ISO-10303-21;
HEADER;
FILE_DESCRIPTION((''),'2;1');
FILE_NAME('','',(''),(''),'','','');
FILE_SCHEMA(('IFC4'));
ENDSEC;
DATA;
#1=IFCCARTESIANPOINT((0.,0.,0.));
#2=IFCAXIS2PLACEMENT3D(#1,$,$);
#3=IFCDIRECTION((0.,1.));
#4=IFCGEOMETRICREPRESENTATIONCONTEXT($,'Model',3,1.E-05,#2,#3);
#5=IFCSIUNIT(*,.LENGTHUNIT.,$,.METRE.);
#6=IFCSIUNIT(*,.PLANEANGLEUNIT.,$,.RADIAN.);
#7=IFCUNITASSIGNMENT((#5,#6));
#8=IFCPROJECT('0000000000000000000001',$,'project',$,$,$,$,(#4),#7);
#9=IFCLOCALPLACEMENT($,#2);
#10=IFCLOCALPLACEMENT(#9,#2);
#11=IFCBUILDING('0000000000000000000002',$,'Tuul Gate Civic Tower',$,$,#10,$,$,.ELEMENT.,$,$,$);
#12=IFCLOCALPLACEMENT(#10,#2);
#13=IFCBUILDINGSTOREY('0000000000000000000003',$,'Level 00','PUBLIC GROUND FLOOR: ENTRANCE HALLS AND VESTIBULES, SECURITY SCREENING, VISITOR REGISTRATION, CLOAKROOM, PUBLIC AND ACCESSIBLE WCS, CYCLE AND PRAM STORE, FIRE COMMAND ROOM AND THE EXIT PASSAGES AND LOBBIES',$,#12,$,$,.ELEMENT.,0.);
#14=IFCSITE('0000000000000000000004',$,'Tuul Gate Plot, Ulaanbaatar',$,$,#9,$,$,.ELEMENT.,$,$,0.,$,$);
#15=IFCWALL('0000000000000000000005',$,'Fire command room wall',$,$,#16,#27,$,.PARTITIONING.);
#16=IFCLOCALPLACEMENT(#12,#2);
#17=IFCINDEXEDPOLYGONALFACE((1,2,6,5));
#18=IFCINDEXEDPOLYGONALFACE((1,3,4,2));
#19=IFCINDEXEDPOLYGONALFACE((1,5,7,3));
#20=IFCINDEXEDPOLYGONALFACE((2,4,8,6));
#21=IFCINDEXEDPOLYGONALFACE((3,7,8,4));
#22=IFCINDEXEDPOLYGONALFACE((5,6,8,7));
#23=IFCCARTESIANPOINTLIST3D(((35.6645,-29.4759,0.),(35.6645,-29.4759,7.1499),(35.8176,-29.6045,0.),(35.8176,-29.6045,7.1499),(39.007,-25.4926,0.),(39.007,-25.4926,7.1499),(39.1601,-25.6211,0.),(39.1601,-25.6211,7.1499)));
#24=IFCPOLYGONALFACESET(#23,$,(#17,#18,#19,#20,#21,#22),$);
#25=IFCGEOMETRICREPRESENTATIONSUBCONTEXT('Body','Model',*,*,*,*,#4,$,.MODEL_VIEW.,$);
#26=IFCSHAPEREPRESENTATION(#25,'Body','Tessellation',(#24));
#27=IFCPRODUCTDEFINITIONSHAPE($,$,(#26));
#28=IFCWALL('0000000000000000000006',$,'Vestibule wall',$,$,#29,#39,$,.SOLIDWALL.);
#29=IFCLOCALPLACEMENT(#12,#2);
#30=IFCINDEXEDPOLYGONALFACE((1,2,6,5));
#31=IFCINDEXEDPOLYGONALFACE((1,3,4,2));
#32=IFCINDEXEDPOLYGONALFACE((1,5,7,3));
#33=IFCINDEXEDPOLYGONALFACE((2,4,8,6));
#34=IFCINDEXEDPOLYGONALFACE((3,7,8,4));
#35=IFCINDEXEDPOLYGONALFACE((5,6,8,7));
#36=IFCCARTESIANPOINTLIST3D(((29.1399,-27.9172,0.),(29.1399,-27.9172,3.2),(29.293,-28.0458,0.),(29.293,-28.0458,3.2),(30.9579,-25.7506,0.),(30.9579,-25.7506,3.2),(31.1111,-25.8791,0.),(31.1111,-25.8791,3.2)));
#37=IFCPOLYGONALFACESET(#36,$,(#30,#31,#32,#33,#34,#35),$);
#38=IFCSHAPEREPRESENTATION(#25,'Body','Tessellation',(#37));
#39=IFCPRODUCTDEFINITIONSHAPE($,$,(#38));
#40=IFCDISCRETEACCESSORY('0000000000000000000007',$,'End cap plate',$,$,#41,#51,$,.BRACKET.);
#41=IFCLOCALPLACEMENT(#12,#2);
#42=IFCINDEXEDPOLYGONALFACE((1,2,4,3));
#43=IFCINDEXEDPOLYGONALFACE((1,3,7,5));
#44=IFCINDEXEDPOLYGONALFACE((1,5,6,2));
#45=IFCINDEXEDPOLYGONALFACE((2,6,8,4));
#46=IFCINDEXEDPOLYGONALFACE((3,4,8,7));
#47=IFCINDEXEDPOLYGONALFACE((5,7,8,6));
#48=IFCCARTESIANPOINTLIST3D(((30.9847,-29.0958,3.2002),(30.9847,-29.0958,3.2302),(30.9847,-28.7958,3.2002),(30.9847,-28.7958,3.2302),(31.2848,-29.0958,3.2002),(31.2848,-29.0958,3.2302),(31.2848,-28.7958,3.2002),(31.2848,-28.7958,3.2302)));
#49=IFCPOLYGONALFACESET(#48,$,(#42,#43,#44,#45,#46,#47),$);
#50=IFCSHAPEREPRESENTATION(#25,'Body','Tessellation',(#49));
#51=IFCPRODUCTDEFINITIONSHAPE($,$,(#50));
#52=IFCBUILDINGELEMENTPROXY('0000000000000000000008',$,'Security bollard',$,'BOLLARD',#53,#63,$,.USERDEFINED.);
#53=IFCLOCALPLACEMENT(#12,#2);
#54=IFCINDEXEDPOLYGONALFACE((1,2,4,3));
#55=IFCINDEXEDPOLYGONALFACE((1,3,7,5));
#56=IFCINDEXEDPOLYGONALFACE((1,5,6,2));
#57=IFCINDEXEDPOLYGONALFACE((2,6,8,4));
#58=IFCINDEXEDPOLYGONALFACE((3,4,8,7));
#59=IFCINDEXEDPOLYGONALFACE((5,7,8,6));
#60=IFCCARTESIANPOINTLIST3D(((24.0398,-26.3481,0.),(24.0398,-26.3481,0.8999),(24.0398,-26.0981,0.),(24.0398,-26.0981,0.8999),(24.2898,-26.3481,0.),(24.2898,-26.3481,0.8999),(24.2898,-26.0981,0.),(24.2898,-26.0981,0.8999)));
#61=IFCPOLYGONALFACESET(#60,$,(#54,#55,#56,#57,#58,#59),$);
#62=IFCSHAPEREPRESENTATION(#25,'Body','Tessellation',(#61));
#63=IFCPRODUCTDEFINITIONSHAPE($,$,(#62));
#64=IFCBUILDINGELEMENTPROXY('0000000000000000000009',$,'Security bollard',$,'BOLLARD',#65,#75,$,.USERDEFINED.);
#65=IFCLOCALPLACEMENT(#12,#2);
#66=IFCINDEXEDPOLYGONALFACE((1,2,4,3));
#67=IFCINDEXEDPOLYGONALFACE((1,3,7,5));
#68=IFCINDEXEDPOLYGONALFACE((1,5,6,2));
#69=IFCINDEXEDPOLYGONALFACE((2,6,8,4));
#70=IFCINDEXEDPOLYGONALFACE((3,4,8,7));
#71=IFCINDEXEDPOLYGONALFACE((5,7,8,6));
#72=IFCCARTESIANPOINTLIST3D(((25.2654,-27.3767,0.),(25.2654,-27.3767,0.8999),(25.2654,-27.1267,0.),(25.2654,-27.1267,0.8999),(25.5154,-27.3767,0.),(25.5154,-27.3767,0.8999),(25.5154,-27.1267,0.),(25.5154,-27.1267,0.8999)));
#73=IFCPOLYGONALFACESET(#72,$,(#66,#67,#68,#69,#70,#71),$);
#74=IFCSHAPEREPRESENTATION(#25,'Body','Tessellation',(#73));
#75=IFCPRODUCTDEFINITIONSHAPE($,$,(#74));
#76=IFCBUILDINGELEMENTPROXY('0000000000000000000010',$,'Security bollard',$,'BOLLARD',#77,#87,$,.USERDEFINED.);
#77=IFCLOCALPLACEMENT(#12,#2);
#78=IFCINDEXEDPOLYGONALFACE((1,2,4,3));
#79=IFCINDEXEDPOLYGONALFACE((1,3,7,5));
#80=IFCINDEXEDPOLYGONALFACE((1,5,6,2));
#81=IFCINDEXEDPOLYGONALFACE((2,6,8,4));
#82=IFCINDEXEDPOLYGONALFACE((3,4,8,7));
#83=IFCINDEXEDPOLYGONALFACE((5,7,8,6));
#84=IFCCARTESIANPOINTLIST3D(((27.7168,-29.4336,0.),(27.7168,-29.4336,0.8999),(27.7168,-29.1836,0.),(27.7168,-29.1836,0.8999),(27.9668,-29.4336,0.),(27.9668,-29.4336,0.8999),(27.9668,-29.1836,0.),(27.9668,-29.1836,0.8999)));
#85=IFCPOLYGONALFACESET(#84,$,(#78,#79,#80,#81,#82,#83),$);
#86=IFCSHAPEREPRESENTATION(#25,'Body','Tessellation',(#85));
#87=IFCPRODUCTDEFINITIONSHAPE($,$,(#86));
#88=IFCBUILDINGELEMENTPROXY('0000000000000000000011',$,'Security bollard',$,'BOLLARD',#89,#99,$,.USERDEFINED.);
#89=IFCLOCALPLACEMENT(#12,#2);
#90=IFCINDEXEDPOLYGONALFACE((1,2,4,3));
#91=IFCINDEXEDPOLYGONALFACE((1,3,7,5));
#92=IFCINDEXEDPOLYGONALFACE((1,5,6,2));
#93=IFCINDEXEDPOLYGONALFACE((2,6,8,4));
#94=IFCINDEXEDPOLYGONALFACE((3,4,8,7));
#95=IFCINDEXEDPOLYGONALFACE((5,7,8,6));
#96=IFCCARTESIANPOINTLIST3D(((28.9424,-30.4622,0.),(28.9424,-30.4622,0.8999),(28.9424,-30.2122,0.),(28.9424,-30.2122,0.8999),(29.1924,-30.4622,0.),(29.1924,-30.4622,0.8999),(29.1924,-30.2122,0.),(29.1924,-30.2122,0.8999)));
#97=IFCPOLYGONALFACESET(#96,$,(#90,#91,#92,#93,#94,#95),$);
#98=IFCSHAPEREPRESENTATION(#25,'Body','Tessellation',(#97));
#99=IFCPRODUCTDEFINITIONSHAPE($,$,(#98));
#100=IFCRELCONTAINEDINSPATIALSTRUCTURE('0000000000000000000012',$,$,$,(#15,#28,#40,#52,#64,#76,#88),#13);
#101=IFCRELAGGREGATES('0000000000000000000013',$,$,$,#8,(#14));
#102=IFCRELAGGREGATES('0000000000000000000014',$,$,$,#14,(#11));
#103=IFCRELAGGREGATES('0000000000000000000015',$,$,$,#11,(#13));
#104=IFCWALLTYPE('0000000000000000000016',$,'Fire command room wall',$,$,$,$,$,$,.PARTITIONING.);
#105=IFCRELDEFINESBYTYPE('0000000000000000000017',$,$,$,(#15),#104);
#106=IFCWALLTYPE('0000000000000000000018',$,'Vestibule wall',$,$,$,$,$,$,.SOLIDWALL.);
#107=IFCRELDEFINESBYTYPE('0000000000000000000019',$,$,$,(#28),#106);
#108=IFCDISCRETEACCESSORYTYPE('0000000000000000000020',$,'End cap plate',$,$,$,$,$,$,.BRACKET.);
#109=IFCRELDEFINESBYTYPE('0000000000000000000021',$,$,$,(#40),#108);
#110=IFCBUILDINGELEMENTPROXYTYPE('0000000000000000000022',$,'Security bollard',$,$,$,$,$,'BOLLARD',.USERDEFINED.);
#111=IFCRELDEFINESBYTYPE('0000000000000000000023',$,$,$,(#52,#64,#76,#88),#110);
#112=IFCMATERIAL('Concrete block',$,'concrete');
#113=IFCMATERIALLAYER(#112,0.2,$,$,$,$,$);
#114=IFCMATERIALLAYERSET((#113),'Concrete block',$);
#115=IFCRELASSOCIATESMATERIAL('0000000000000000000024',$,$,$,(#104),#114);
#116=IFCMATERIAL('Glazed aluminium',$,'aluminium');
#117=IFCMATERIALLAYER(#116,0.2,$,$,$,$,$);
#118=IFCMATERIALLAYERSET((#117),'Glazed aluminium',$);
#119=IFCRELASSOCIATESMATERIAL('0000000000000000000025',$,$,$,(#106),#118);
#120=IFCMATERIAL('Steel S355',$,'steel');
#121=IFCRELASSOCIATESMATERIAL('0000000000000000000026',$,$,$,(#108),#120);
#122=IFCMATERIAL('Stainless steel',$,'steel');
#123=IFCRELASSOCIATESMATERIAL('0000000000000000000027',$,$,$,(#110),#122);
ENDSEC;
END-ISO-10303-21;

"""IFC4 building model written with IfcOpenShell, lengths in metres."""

from ifc_helpers import new_model, si_unit, direction, frame, frame_2d, origin, origin_2d, place, context, subcontext, project, spatial, rectangle, extrude, material, layer, layer_set, type_object, element, save


model = new_model("IFC4")

# Units and contexts
model_context = context("Model", 3, precision=1e-05, world=origin(), true_north=direction((0.0, 1.0)))
body_context = subcontext(model_context, "Body", "Model", "MODEL_VIEW")
ifc_project = project(units=[si_unit("LENGTHUNIT", "METRE"), si_unit("PLANEANGLEUNIT", "RADIAN")], contexts=[model_context])

# Site, building, storey
site_placement = place(None, origin())
site = spatial("IfcSite", under=ifc_project, at=site_placement, Name="Tuul Gate Plot, Ulaanbaatar", CompositionType="ELEMENT", RefElevation=0.0)
building_placement = place(site_placement, origin())
building = spatial("IfcBuilding", under=site, at=building_placement, Name="Tuul Gate Civic Tower", CompositionType="ELEMENT")
storey_placement = place(building_placement, origin())
storey = spatial("IfcBuildingStorey", under=building, at=storey_placement, Name="Level 00", Description="PUBLIC GROUND FLOOR: ENTRANCE HALLS AND VESTIBULES, SECURITY SCREENING, VISITOR REGISTRATION, CLOAKROOM, PUBLIC AND ACCESSIBLE WCS, CYCLE AND PRAM STORE, FIRE COMMAND ROOM AND THE EXIT PASSAGES AND LOBBIES", CompositionType="ELEMENT", Elevation=0.0)

# Walls
ifc_material_1 = material(Name="Concrete block", Category="concrete")
ifc_layer_1 = layer(ifc_material_1, 0.2)
ifc_layer_set_1 = layer_set([ifc_layer_1], Name="Concrete block")
wall_type_1 = type_object("IfcWallType", Name="Fire command room wall", PredefinedType="PARTITIONING", material=ifc_layer_set_1)
for number, where, z_axis, x_axis, name in (
    (1, (35.741, -29.5403, 0.0), (0.0, 0.0, 1.0), (0.642795, 0.766039, 0.0), "Fire command room wall"),
):
    element("IfcWall", number, at=place(storey_placement, frame(where, z_axis=z_axis, x_axis=x_axis)), inside=storey, type_object=wall_type_1, Name=name, PredefinedType="PARTITIONING", context=body_context, shape_type="SweptSolid", body=[
        extrude(rectangle(XDim=5.2, YDim=0.2, at=frame_2d((2.6001, 0.0))), origin(), (0.0, 0.0, 1.0), 7.1499),
    ])
ifc_material_2 = material(Name="Glazed aluminium", Category="aluminium")
ifc_layer_2 = layer(ifc_material_2, 0.2)
ifc_layer_set_2 = layer_set([ifc_layer_2], Name="Glazed aluminium")
wall_type_2 = type_object("IfcWallType", Name="Vestibule wall", PredefinedType="SOLIDWALL", material=ifc_layer_set_2)
wall_1_placement = place(storey_placement, frame((31.0344, -25.8149, 0.0), z_axis=(0.0, 0.0, 1.0), x_axis=(-0.642787, -0.766045, 0.0)))
element("IfcWall", 2, at=wall_1_placement, inside=storey, type_object=wall_type_2, Name="Vestibule wall", PredefinedType="SOLIDWALL", context=body_context, shape_type="SweptSolid", body=[
    extrude(rectangle(XDim=2.8284, YDim=0.2, at=frame_2d((1.4141, 0.0))), origin(), (0.0, 0.0, 1.0), 3.2),
])

# Discrete accessory
ifc_material_3 = material(Name="Steel S355", Category="steel")
discrete_accessory_type = type_object("IfcDiscreteAccessoryType", Name="End cap plate", PredefinedType="BRACKET", material=ifc_material_3)
discrete_accessory_placement = place(storey_placement, frame((31.1348, -28.9458, 3.2002), z_axis=(0.0, 0.0, 1.0), x_axis=(1.0, 0.0, 0.0)))
element("IfcDiscreteAccessory", 3, at=discrete_accessory_placement, inside=storey, type_object=discrete_accessory_type, Name="End cap plate", PredefinedType="BRACKET", context=body_context, shape_type="SweptSolid", body=[
    extrude(rectangle(XDim=0.3, YDim=0.3, at=origin_2d()), origin(), (0.0, 0.0, 1.0), 0.03),
])

# Building element proxies
ifc_material_4 = material(Name="Stainless steel", Category="steel")
building_element_proxy_type = type_object("IfcBuildingElementProxyType", Name="Security bollard", ElementType="BOLLARD", PredefinedType="USERDEFINED", material=ifc_material_4)
for number, where, z_axis, x_axis, name in (
    (4, (24.1648, -26.2231, 0.0), (0.0, 0.0, 1.0), (1.0, 0.0, 0.0), "Security bollard"),
    (5, (25.3904, -27.2517, 0.0), (0.0, 0.0, 1.0), (1.0, 0.0, 0.0), "Security bollard"),
    (6, (27.8418, -29.3086, 0.0), (0.0, 0.0, 1.0), (1.0, 0.0, 0.0), "Security bollard"),
    (7, (29.0674, -30.3372, 0.0), (0.0, 0.0, 1.0), (1.0, 0.0, 0.0), "Security bollard"),
):
    element("IfcBuildingElementProxy", number, at=place(storey_placement, frame(where, z_axis=z_axis, x_axis=x_axis)), inside=storey, type_object=building_element_proxy_type, Name=name, ObjectType="BOLLARD", PredefinedType="USERDEFINED", context=body_context, shape_type="SweptSolid", body=[
        extrude(rectangle(XDim=0.25, YDim=0.25, at=origin_2d()), origin(), (0.0, 0.0, 1.0), 0.8999),
    ])

save(model, "model.ifc")
